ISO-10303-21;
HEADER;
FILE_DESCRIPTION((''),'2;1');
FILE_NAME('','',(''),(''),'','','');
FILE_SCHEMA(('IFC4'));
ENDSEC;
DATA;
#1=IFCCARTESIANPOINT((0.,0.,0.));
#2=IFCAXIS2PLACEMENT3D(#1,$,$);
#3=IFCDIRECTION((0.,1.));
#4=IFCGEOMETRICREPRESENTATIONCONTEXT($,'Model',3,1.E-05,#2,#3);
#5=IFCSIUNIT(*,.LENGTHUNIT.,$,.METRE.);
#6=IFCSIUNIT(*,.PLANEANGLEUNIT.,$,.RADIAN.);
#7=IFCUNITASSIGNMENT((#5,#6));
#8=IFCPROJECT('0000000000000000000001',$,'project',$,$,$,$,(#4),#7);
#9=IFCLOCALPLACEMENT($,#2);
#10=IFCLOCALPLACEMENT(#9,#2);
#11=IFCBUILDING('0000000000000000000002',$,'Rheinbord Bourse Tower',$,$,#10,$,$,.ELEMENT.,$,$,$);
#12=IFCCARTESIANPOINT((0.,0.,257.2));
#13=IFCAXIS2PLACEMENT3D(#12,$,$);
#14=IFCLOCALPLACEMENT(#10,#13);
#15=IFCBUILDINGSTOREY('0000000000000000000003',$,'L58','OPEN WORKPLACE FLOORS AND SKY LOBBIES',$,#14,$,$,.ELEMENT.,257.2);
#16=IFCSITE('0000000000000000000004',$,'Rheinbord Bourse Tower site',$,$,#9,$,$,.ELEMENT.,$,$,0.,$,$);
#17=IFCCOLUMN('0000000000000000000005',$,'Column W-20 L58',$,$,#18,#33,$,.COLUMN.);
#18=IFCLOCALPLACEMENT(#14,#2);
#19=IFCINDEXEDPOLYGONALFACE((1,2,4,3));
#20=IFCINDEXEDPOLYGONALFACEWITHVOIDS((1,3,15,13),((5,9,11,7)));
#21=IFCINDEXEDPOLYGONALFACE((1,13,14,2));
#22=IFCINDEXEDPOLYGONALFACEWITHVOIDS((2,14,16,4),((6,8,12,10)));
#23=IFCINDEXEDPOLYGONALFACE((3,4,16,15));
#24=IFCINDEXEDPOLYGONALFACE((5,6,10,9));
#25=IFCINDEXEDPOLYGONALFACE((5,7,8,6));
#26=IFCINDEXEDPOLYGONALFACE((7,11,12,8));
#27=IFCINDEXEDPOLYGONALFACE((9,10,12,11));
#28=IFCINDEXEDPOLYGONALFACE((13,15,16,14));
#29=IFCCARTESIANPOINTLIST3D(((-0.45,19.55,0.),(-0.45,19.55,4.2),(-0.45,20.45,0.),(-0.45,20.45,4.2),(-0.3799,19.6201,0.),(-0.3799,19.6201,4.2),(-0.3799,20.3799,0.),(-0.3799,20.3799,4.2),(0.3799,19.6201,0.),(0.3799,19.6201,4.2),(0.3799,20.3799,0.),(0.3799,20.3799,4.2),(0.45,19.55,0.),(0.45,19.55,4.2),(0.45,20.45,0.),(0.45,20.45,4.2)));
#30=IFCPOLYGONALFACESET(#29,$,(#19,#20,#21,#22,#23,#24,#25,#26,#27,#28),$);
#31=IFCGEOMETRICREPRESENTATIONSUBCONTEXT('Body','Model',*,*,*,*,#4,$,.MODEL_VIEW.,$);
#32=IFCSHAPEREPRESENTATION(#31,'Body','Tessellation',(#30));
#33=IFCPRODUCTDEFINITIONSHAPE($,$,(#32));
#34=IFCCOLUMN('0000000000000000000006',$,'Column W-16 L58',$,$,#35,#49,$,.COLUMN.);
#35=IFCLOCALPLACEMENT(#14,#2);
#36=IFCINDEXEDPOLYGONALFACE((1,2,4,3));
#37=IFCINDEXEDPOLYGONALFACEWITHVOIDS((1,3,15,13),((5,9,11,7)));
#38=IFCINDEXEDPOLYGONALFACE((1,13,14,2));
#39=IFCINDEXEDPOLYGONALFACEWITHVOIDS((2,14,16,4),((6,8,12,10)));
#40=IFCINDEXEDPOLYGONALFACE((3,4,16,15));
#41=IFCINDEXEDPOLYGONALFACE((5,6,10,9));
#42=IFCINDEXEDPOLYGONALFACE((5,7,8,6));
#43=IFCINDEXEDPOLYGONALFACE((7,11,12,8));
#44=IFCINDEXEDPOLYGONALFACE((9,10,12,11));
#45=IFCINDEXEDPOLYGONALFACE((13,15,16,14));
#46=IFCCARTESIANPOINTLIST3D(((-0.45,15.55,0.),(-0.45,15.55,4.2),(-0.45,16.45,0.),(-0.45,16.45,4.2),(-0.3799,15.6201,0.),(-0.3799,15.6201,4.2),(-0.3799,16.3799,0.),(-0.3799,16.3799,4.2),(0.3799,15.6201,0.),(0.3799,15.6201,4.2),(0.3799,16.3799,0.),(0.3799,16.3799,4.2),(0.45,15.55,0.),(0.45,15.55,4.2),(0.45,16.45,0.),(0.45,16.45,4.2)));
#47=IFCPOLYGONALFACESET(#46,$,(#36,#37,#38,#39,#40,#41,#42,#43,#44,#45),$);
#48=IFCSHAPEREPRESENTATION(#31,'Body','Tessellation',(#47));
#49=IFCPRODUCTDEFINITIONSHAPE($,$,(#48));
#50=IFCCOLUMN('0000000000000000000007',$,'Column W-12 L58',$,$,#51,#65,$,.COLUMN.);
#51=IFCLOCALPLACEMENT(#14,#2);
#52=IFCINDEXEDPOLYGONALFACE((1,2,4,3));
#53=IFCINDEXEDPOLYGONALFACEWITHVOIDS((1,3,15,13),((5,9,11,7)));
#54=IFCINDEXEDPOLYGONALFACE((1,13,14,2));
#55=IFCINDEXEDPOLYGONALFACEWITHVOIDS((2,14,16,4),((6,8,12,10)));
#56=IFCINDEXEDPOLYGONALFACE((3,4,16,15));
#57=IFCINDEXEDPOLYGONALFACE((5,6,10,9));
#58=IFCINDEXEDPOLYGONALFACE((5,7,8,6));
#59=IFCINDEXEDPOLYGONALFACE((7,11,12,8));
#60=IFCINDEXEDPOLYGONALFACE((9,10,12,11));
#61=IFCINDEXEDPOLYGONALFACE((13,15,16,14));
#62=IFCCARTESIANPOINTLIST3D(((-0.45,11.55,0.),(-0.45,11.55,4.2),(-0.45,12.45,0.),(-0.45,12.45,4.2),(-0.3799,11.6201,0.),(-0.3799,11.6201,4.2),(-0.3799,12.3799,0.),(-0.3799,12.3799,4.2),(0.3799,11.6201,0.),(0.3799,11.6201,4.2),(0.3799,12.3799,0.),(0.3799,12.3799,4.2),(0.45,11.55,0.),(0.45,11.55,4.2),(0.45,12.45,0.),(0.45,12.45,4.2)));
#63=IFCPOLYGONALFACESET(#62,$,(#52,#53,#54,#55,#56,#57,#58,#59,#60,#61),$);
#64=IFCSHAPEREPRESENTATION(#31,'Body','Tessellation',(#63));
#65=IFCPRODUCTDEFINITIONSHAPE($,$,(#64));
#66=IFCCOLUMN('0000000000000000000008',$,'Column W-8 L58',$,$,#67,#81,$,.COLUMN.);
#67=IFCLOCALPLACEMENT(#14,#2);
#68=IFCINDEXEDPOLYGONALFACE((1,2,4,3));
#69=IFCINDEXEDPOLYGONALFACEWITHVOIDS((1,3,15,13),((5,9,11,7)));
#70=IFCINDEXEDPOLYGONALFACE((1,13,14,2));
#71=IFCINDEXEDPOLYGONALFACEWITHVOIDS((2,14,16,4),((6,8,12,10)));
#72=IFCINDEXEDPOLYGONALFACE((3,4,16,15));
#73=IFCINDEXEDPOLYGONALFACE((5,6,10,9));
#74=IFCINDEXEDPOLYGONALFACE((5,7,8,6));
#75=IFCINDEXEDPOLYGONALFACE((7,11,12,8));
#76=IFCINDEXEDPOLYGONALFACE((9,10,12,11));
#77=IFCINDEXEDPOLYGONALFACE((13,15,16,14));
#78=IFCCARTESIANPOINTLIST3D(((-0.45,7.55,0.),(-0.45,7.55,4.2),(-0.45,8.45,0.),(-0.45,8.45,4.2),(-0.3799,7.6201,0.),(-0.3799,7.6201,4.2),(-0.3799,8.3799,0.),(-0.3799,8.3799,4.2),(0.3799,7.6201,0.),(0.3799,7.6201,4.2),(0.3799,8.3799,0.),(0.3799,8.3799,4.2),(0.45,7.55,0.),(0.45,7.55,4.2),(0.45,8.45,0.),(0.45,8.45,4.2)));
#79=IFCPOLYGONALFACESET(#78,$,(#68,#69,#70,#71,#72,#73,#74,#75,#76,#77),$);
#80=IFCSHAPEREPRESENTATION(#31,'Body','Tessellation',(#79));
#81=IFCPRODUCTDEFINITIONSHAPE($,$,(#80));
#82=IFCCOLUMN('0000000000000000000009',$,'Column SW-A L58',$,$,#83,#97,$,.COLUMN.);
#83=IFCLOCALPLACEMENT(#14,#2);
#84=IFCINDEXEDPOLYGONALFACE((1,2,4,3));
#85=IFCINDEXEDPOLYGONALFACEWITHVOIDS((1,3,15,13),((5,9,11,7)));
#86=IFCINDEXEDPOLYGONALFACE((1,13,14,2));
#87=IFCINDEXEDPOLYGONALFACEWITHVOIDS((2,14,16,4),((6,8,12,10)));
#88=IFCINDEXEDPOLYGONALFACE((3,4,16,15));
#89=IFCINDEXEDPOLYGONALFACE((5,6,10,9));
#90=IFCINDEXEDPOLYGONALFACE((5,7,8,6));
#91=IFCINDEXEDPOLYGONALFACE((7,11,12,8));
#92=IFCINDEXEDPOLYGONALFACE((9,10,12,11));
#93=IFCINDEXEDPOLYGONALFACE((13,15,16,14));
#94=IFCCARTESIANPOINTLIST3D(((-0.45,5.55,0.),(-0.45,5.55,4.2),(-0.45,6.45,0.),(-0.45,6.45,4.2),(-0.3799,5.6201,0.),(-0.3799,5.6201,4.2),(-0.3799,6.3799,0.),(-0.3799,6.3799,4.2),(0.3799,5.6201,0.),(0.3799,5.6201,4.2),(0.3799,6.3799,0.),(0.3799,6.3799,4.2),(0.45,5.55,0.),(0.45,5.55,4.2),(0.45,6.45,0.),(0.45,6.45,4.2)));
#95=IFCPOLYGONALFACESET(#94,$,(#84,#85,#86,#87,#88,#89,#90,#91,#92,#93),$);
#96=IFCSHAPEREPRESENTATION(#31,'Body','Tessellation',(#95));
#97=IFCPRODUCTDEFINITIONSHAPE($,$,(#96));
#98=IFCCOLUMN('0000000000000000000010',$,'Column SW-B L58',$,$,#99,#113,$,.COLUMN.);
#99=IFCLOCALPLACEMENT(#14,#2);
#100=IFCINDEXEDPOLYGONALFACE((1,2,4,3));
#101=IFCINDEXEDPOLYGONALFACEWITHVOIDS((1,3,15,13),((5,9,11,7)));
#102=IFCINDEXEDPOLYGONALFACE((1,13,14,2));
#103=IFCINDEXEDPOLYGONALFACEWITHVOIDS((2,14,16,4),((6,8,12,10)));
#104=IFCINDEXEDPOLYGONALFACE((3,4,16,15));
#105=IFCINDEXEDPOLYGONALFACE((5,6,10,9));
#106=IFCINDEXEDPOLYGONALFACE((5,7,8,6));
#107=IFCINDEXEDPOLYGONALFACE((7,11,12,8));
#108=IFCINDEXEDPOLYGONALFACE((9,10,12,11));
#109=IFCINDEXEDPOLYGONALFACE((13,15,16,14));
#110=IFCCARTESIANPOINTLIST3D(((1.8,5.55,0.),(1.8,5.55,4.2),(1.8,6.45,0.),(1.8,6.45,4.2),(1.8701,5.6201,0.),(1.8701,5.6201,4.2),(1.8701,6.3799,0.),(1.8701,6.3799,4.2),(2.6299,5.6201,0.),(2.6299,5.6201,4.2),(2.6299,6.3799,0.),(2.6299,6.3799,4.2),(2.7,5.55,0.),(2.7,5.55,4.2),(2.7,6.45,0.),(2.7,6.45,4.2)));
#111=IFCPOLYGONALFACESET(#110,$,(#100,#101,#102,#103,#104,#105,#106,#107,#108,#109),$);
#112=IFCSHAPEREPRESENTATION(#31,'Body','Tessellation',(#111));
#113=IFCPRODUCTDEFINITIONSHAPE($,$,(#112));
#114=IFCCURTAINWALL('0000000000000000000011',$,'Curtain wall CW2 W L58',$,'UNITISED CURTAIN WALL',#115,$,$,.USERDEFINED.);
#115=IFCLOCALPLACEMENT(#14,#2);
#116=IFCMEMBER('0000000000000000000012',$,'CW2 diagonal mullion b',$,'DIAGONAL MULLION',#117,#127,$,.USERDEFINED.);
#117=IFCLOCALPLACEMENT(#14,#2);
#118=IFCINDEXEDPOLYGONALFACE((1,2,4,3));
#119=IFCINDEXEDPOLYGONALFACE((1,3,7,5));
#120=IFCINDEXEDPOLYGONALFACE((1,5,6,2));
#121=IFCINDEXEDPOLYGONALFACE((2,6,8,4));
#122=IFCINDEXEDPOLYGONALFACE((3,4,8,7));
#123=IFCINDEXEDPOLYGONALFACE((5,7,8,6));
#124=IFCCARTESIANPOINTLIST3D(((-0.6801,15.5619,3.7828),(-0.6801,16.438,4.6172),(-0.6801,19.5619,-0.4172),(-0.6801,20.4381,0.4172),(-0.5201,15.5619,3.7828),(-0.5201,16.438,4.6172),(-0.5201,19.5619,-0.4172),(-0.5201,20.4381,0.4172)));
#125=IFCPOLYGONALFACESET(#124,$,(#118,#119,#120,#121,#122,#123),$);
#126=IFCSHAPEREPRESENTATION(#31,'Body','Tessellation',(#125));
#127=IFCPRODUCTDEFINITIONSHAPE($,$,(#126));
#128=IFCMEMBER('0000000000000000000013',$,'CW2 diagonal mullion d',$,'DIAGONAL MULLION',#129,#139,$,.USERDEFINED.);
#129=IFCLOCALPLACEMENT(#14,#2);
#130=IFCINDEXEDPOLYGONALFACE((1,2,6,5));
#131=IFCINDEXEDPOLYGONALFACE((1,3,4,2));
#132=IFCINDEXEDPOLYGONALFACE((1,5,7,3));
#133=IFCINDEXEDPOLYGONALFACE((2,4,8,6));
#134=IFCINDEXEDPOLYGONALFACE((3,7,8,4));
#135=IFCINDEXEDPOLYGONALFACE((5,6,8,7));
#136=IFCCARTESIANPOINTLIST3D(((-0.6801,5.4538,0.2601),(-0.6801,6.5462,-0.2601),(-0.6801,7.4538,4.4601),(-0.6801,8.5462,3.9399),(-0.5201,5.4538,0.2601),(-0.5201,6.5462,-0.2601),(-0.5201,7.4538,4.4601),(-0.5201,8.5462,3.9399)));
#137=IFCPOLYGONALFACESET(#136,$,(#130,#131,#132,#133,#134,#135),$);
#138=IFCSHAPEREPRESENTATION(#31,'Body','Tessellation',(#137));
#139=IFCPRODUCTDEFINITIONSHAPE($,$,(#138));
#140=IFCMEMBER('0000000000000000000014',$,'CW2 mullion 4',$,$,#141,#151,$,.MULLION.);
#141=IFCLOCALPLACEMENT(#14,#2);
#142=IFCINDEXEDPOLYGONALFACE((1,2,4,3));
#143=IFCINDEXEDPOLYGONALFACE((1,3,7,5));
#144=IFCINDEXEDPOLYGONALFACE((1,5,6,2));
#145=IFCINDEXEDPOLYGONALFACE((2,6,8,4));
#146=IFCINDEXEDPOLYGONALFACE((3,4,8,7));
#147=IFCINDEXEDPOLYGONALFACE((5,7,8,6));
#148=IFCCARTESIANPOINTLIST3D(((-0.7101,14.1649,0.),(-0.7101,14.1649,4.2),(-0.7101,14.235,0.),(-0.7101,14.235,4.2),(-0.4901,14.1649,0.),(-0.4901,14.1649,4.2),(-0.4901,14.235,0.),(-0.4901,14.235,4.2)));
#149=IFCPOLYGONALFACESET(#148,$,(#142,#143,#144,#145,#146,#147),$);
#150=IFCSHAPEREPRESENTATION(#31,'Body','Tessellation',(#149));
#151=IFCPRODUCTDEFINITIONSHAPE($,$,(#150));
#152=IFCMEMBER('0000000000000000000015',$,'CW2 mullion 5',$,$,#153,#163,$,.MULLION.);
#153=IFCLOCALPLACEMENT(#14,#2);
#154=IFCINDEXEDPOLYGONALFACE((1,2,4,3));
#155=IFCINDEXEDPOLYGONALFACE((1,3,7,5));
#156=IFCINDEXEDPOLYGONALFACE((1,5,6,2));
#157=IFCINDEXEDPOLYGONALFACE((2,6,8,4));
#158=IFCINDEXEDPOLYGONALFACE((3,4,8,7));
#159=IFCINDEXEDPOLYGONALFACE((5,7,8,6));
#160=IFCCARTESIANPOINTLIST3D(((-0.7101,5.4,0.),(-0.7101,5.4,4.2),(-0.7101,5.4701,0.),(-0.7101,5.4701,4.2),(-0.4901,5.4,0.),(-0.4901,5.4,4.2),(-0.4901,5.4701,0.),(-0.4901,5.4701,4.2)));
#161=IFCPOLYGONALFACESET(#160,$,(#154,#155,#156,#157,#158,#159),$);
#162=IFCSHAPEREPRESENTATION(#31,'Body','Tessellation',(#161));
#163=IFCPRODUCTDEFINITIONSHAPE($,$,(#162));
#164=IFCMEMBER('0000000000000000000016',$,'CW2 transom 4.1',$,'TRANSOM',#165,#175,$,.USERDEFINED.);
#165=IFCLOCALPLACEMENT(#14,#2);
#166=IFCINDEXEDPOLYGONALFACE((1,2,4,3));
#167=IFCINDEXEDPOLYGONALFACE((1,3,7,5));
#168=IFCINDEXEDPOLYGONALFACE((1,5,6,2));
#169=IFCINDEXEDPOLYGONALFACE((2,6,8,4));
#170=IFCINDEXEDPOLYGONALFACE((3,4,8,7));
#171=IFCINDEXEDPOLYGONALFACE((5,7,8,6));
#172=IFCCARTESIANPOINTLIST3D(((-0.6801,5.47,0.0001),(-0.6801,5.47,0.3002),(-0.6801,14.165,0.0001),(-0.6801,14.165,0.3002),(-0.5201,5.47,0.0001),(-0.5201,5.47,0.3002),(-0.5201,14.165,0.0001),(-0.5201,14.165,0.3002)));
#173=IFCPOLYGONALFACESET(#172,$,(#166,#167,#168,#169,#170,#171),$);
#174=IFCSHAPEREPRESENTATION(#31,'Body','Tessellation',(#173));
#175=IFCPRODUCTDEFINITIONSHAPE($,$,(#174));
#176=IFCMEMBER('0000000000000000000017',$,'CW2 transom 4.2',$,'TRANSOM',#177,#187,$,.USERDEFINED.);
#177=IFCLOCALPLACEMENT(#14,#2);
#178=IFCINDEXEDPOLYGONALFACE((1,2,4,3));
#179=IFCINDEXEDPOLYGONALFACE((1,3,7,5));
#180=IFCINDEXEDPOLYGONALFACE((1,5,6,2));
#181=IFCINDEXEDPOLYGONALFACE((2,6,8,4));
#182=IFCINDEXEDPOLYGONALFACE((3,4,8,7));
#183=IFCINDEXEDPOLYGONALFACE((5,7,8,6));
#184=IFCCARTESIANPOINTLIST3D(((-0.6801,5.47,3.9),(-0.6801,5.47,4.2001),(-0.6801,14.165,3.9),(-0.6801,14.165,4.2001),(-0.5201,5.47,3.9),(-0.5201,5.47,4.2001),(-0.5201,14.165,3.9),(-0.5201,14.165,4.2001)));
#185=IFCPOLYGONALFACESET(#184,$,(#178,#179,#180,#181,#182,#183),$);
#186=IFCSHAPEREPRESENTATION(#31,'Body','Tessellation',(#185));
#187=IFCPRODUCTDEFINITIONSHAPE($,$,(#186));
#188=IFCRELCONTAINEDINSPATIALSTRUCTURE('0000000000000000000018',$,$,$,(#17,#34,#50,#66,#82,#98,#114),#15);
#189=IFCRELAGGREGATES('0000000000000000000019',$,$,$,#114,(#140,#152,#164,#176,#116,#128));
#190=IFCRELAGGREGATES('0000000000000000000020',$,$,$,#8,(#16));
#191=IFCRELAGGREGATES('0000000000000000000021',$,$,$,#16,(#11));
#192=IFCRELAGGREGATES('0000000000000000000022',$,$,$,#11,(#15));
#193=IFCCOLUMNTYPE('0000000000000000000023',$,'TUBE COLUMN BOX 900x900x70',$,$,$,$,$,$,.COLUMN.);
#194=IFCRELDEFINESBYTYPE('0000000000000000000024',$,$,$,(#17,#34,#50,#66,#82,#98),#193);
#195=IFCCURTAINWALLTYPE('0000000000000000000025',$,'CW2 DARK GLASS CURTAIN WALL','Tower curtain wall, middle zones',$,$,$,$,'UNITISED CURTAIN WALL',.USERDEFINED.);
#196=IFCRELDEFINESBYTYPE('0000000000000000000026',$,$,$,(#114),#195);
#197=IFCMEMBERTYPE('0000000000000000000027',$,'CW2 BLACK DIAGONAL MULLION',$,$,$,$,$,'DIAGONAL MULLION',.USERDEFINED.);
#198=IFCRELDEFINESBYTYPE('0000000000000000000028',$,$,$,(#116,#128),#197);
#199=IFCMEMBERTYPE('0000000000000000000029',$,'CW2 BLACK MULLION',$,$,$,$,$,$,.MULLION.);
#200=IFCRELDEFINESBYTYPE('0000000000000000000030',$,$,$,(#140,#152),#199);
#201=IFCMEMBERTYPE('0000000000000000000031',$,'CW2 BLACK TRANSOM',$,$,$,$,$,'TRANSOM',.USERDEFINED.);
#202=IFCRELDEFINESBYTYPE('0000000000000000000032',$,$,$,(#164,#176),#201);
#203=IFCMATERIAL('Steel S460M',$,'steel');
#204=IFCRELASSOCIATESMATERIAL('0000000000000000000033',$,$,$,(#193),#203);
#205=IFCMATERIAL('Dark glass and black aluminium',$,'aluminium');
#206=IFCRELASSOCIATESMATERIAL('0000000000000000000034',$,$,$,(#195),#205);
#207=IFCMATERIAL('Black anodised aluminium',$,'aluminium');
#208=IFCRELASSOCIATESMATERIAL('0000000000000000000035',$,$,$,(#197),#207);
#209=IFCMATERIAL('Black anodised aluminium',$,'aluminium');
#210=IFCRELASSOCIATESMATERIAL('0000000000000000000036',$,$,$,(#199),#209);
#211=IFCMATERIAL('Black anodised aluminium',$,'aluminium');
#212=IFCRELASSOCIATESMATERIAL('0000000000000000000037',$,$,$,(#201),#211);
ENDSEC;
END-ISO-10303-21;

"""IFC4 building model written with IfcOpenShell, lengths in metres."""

from ifc_helpers import new_model, si_unit, direction, frame, origin, origin_2d, place, context, subcontext, project, spatial, rectangle, hollow_rectangle, extrude, material, material_profile, profile_set, type_object, element, aggregate, save


model = new_model("IFC4")

# Units and contexts
model_context = context("Model", 3, precision=1e-05, world=origin(), true_north=direction((0.0, 1.0)))
body_context = subcontext(model_context, "Body", "Model", "MODEL_VIEW")
ifc_project = project(units=[si_unit("LENGTHUNIT", "METRE"), si_unit("PLANEANGLEUNIT", "RADIAN")], contexts=[model_context])

# Site, building, storey
site_placement = place(None, origin())
site = spatial("IfcSite", under=ifc_project, at=site_placement, Name="Rheinbord Bourse Tower site", CompositionType="ELEMENT", RefElevation=0.0)
building_placement = place(site_placement, origin())
building = spatial("IfcBuilding", under=site, at=building_placement, Name="Rheinbord Bourse Tower", CompositionType="ELEMENT")
storey_placement = place(building_placement, frame((0.0, 0.0, 257.2)))
storey = spatial("IfcBuildingStorey", under=building, at=storey_placement, Name="L58", Description="OPEN WORKPLACE FLOORS AND SKY LOBBIES", CompositionType="ELEMENT", Elevation=257.2)

# Columns
ifc_material_1 = material(Name="Steel S460M", Category="steel")
ifc_material_profile_1 = material_profile(ifc_material_1, hollow_rectangle(XDim=0.8999, YDim=0.8999, WallThickness=0.0701, at=origin_2d()), Name="BOX 900x900x70")
ifc_profile_set_1 = profile_set([ifc_material_profile_1], Name="Steel S460M")
column_type = type_object("IfcColumnType", Name="TUBE COLUMN BOX 900x900x70", PredefinedType="COLUMN", material=ifc_profile_set_1)
for number, where, z_axis, x_axis, name in (
    (1, (0.0, 20.0, 0.0), (0.0, 0.0, 1.0), (1.0, 0.0, 0.0), "Column W-20 L58"),
    (2, (0.0, 16.0, 0.0), (0.0, 0.0, 1.0), (1.0, 0.0, 0.0), "Column W-16 L58"),
    (3, (0.0, 12.0, 0.0), (0.0, 0.0, 1.0), (1.0, 0.0, 0.0), "Column W-12 L58"),
    (4, (0.0, 8.0, 0.0), (0.0, 0.0, 1.0), (1.0, 0.0, 0.0), "Column W-8 L58"),
    (5, (0.0, 6.0, 0.0), (0.0, 0.0, 1.0), (1.0, 0.0, 0.0), "Column SW-A L58"),
    (6, (2.25, 6.0, 0.0), (0.0, 0.0, 1.0), (1.0, 0.0, 0.0), "Column SW-B L58"),
):
    element("IfcColumn", number, at=place(storey_placement, frame(where, z_axis=z_axis, x_axis=x_axis)), inside=storey, type_object=column_type, Name=name, PredefinedType="COLUMN", context=body_context, shape_type="SweptSolid", body=[
        extrude(hollow_rectangle(XDim=0.8999, YDim=0.8999, WallThickness=0.0701, at=origin_2d()), origin(), (0.0, 0.0, 1.0), 4.2),
    ])

# Curtain wall, members
ifc_material_2 = material(Name="Dark glass and black aluminium", Category="aluminium")
curtain_wall_type = type_object("IfcCurtainWallType", Name="CW2 DARK GLASS CURTAIN WALL", Description="Tower curtain wall, middle zones", ElementType="UNITISED CURTAIN WALL", PredefinedType="USERDEFINED", material=ifc_material_2)
curtain_wall_placement = place(storey_placement, origin())
curtain_wall = element("IfcCurtainWall", 7, at=curtain_wall_placement, inside=storey, type_object=curtain_wall_type, Name="Curtain wall CW2 W L58", ObjectType="UNITISED CURTAIN WALL", PredefinedType="USERDEFINED")
ifc_material_3 = material(Name="Black anodised aluminium", Category="aluminium")
ifc_material_profile_2 = material_profile(ifc_material_3, rectangle(XDim=0.1599, YDim=1.21, at=origin_2d()), Name="CW2 DIAGONAL MULLION 1210x160")
ifc_profile_set_2 = profile_set([ifc_material_profile_2], Name="Black anodised aluminium")
member_type_1 = type_object("IfcMemberType", Name="CW2 BLACK DIAGONAL MULLION", ElementType="DIAGONAL MULLION", PredefinedType="USERDEFINED", material=ifc_profile_set_2)
member_1_placement = place(storey_placement, frame((-0.6001, 20.0, 0.0), z_axis=(0.0, -0.689659, 0.724134), x_axis=(1.0, 0.0, 0.0)))
member_1 = element("IfcMember", 8, at=member_1_placement, type_object=member_type_1, Name="CW2 diagonal mullion b", ObjectType="DIAGONAL MULLION", PredefinedType="USERDEFINED", context=body_context, shape_type="SweptSolid", body=[
    extrude(rectangle(XDim=0.1599, YDim=1.21, at=origin_2d()), origin(), (0.0, 0.0, 1.0), 5.8),
])
member_2_placement = place(storey_placement, frame((-0.6001, 6.0, 0.0), z_axis=(0.0, 0.429938, 0.902859), x_axis=(-1.0, 0.0, 0.0)))
member_2 = element("IfcMember", 9, at=member_2_placement, type_object=member_type_1, Name="CW2 diagonal mullion d", ObjectType="DIAGONAL MULLION", PredefinedType="USERDEFINED", context=body_context, shape_type="SweptSolid", body=[
    extrude(rectangle(XDim=0.1599, YDim=1.21, at=origin_2d()), origin(), (0.0, 0.0, 1.0), 4.6519),
])
ifc_material_4 = material(Name="Black anodised aluminium", Category="aluminium")
ifc_material_profile_3 = material_profile(ifc_material_4, rectangle(XDim=0.22, YDim=0.0701, at=origin_2d()), Name="CW2 MULLION 70x220")
ifc_profile_set_3 = profile_set([ifc_material_profile_3], Name="Black anodised aluminium")
member_type_2 = type_object("IfcMemberType", Name="CW2 BLACK MULLION", PredefinedType="MULLION", material=ifc_profile_set_3)
member_3_placement = place(storey_placement, frame((-0.6001, 14.2, 0.0), z_axis=(0.0, 0.0, 1.0), x_axis=(1.0, 0.0, 0.0)))
member_3 = element("IfcMember", 10, at=member_3_placement, type_object=member_type_2, Name="CW2 mullion 4", PredefinedType="MULLION", context=body_context, shape_type="SweptSolid", body=[
    extrude(rectangle(XDim=0.22, YDim=0.0701, at=origin_2d()), origin(), (0.0, 0.0, 1.0), 4.2),
])
member_4_placement = place(storey_placement, frame((-0.6001, 5.4351, 0.0), z_axis=(0.0, 0.0, 1.0), x_axis=(1.0, 0.0, 0.0)))
member_4 = element("IfcMember", 11, at=member_4_placement, type_object=member_type_2, Name="CW2 mullion 5", PredefinedType="MULLION", context=body_context, shape_type="SweptSolid", body=[
    extrude(rectangle(XDim=0.22, YDim=0.0701, at=origin_2d()), origin(), (0.0, 0.0, 1.0), 4.2),
])
ifc_material_5 = material(Name="Black anodised aluminium", Category="aluminium")
ifc_material_profile_4 = material_profile(ifc_material_5, rectangle(XDim=0.1599, YDim=0.3, at=origin_2d()), Name="CW2 TRANSOM 300x160")
ifc_profile_set_4 = profile_set([ifc_material_profile_4], Name="Black anodised aluminium")
member_type_3 = type_object("IfcMemberType", Name="CW2 BLACK TRANSOM", ElementType="TRANSOM", PredefinedType="USERDEFINED", material=ifc_profile_set_4)
member_5_placement = place(storey_placement, frame((-0.6001, 14.165, 0.1501), z_axis=(0.0, -1.0, 0.0), x_axis=(1.0, 0.0, 0.0)))
member_5 = element("IfcMember", 12, at=member_5_placement, type_object=member_type_3, Name="CW2 transom 4.1", ObjectType="TRANSOM", PredefinedType="USERDEFINED", context=body_context, shape_type="SweptSolid", body=[
    extrude(rectangle(XDim=0.1599, YDim=0.3, at=origin_2d()), origin(), (0.0, 0.0, 1.0), 8.6951),
])
member_6_placement = place(storey_placement, frame((-0.6001, 14.165, 4.05), z_axis=(0.0, -1.0, 0.0), x_axis=(1.0, 0.0, 0.0)))
member_6 = element("IfcMember", 13, at=member_6_placement, type_object=member_type_3, Name="CW2 transom 4.2", ObjectType="TRANSOM", PredefinedType="USERDEFINED", context=body_context, shape_type="SweptSolid", body=[
    extrude(rectangle(XDim=0.1599, YDim=0.3, at=origin_2d()), origin(), (0.0, 0.0, 1.0), 8.6951),
])

aggregate(curtain_wall, [member_3, member_4, member_5, member_6, member_1, member_2])

save(model, "model.ifc")
